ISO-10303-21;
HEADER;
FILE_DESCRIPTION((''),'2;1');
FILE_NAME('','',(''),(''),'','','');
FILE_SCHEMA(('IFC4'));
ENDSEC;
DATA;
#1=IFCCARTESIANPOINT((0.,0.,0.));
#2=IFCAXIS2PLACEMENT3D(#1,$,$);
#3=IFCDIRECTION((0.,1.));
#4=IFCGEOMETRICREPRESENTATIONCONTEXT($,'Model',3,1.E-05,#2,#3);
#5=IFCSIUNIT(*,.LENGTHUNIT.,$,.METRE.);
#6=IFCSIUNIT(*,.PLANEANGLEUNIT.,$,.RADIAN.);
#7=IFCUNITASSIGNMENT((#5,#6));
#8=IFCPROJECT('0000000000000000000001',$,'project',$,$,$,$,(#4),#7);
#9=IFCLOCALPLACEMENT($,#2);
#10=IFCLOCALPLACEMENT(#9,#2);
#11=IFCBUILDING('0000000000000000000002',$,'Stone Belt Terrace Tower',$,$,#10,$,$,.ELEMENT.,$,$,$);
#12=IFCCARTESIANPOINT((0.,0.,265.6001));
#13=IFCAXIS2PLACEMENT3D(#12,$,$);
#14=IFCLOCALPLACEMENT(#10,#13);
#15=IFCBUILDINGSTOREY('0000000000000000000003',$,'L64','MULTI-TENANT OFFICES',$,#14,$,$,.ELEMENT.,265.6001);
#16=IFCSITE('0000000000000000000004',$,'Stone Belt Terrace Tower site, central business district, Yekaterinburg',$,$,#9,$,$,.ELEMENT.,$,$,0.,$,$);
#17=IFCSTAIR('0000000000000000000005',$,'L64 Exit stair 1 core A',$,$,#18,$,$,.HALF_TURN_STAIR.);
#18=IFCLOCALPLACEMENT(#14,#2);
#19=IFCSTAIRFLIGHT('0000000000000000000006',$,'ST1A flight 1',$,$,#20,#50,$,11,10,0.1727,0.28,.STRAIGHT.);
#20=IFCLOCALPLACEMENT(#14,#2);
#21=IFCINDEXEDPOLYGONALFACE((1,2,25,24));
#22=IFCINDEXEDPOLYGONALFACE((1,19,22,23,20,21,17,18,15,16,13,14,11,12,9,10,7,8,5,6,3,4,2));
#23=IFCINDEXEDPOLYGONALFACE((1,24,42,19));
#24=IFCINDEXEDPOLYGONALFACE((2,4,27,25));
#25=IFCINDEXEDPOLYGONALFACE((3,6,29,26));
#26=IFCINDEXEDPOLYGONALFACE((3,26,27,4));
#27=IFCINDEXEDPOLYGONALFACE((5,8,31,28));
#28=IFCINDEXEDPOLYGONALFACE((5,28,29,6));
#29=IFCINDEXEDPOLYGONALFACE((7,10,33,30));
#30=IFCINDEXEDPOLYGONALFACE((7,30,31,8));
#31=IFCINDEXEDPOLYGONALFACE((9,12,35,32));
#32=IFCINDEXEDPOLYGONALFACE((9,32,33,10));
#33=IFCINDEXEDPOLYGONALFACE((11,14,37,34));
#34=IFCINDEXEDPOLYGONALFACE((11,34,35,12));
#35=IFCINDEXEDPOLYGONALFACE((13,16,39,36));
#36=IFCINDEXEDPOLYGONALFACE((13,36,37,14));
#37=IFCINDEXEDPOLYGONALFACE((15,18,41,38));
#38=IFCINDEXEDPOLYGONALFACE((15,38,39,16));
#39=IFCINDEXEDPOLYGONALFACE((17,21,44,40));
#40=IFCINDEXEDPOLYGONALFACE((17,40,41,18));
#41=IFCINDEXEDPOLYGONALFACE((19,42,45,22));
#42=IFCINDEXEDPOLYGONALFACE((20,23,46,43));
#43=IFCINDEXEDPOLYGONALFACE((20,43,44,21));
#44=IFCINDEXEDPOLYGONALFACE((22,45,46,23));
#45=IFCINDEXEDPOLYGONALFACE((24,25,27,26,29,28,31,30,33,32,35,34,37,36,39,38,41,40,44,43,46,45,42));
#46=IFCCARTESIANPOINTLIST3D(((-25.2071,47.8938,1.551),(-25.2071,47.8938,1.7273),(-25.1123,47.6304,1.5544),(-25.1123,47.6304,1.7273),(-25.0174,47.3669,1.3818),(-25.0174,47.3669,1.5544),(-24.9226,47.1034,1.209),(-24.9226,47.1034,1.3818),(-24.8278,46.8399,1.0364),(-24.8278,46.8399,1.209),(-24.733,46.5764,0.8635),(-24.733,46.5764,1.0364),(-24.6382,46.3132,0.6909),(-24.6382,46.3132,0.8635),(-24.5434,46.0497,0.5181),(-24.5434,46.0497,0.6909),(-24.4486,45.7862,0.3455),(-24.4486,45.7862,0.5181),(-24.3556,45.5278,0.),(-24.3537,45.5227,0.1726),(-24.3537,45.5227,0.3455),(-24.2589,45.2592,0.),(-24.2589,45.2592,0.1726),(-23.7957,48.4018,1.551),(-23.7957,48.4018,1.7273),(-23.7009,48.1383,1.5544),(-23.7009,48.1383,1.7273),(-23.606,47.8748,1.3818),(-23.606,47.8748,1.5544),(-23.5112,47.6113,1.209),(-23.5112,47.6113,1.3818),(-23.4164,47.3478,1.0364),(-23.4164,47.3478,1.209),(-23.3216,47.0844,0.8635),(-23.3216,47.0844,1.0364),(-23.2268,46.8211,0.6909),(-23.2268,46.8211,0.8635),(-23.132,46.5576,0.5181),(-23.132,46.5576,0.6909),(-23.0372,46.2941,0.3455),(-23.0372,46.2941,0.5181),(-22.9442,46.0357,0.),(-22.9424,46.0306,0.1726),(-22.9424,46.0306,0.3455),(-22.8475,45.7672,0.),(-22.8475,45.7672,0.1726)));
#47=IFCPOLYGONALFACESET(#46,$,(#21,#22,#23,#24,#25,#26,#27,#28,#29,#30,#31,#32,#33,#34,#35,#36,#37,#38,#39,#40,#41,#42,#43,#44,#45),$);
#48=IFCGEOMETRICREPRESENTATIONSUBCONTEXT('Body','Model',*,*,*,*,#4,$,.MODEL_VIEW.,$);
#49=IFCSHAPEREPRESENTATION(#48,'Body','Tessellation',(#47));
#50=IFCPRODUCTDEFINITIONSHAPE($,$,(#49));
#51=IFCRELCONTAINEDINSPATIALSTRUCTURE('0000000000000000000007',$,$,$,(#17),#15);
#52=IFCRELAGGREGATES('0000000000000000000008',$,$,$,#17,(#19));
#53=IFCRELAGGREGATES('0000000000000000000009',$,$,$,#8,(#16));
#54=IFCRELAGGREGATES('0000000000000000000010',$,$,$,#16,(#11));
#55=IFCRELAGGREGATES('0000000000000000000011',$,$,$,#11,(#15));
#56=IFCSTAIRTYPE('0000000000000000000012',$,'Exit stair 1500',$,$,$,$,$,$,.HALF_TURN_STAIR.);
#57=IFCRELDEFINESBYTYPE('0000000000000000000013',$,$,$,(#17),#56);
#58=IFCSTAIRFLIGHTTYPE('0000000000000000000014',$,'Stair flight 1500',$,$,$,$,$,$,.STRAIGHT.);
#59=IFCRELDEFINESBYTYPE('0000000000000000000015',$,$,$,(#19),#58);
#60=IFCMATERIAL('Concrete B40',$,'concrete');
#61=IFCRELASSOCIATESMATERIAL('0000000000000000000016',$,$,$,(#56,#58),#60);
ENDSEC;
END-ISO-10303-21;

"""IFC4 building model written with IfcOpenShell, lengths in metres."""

from ifc_helpers import new_model, si_unit, direction, frame, origin, place, context, subcontext, project, spatial, polyline, outline, extrude, material, type_object, element, aggregate, save


model = new_model("IFC4")

# Units and contexts
model_context = context("Model", 3, precision=1e-05, world=origin(), true_north=direction((0.0, 1.0)))
body_context = subcontext(model_context, "Body", "Model", "MODEL_VIEW")
ifc_project = project(units=[si_unit("LENGTHUNIT", "METRE"), si_unit("PLANEANGLEUNIT", "RADIAN")], contexts=[model_context])

# Site, building, storey
site_placement = place(None, origin())
site = spatial("IfcSite", under=ifc_project, at=site_placement, Name="Stone Belt Terrace Tower site, central business district, Yekaterinburg", CompositionType="ELEMENT", RefElevation=0.0)
building_placement = place(site_placement, origin())
building = spatial("IfcBuilding", under=site, at=building_placement, Name="Stone Belt Terrace Tower", CompositionType="ELEMENT")
storey_placement = place(building_placement, frame((0.0, 0.0, 265.6001)))
storey = spatial("IfcBuildingStorey", under=building, at=storey_placement, Name="L64", Description="MULTI-TENANT OFFICES", CompositionType="ELEMENT", Elevation=265.6001)

# Stair, stair flight
ifc_material_1 = material(Name="Concrete B40", Category="concrete")
stair_type = type_object("IfcStairType", Name="Exit stair 1500", PredefinedType="HALF_TURN_STAIR", material=ifc_material_1)
stair_placement = place(storey_placement, origin())
stair = element("IfcStair", 1, at=stair_placement, inside=storey, type_object=stair_type, Name="L64 Exit stair 1 core A", PredefinedType="HALF_TURN_STAIR")
stair_flight_type = type_object("IfcStairFlightType", Name="Stair flight 1500", PredefinedType="STRAIGHT", material=ifc_material_1)
stair_flight_placement = place(storey_placement, frame((-23.5532, 45.5132, 0.0), z_axis=(0.0, 0.0, 1.0), x_axis=(-0.338624, 0.940922, 0.0)))
stair_flight = element("IfcStairFlight", 2, at=stair_flight_placement, type_object=stair_flight_type, Name="ST1A flight 1", NumberOfRisers=11, NumberOfTreads=10, PredefinedType="STRAIGHT", RiserHeight=0.1727, TreadLength=0.28, context=body_context, shape_type="SweptSolid", body=[
    extrude(outline(polyline([(0.0, 0.0), (0.0, 0.1726), (0.28, 0.1726), (0.28, 0.3455), (0.5601, 0.3455), (0.5601, 0.5181), (0.8401, 0.5181), (0.8401, 0.6909), (1.1201, 0.6909), (1.1201, 0.8635), (1.3999, 0.8635), (1.3999, 1.0364), (1.6799, 1.0364), (1.6799, 1.209), (1.96, 1.209), (1.96, 1.3818), (2.24, 1.3818), (2.24, 1.5544), (2.52, 1.5544), (2.52, 1.7273), (2.8, 1.7273), (2.8, 1.8999), (2.8, 1.551), (0.2854, 0.0), (0.0, 0.0)])), frame((0.0, 0.75, 0.0), z_axis=(0.0, -1.0, 0.0), x_axis=(1.0, 0.0, 0.0)), (0.0, 0.0, 1.0), 1.5),
])
aggregate(stair, [stair_flight])

save(model, "model.ifc")
